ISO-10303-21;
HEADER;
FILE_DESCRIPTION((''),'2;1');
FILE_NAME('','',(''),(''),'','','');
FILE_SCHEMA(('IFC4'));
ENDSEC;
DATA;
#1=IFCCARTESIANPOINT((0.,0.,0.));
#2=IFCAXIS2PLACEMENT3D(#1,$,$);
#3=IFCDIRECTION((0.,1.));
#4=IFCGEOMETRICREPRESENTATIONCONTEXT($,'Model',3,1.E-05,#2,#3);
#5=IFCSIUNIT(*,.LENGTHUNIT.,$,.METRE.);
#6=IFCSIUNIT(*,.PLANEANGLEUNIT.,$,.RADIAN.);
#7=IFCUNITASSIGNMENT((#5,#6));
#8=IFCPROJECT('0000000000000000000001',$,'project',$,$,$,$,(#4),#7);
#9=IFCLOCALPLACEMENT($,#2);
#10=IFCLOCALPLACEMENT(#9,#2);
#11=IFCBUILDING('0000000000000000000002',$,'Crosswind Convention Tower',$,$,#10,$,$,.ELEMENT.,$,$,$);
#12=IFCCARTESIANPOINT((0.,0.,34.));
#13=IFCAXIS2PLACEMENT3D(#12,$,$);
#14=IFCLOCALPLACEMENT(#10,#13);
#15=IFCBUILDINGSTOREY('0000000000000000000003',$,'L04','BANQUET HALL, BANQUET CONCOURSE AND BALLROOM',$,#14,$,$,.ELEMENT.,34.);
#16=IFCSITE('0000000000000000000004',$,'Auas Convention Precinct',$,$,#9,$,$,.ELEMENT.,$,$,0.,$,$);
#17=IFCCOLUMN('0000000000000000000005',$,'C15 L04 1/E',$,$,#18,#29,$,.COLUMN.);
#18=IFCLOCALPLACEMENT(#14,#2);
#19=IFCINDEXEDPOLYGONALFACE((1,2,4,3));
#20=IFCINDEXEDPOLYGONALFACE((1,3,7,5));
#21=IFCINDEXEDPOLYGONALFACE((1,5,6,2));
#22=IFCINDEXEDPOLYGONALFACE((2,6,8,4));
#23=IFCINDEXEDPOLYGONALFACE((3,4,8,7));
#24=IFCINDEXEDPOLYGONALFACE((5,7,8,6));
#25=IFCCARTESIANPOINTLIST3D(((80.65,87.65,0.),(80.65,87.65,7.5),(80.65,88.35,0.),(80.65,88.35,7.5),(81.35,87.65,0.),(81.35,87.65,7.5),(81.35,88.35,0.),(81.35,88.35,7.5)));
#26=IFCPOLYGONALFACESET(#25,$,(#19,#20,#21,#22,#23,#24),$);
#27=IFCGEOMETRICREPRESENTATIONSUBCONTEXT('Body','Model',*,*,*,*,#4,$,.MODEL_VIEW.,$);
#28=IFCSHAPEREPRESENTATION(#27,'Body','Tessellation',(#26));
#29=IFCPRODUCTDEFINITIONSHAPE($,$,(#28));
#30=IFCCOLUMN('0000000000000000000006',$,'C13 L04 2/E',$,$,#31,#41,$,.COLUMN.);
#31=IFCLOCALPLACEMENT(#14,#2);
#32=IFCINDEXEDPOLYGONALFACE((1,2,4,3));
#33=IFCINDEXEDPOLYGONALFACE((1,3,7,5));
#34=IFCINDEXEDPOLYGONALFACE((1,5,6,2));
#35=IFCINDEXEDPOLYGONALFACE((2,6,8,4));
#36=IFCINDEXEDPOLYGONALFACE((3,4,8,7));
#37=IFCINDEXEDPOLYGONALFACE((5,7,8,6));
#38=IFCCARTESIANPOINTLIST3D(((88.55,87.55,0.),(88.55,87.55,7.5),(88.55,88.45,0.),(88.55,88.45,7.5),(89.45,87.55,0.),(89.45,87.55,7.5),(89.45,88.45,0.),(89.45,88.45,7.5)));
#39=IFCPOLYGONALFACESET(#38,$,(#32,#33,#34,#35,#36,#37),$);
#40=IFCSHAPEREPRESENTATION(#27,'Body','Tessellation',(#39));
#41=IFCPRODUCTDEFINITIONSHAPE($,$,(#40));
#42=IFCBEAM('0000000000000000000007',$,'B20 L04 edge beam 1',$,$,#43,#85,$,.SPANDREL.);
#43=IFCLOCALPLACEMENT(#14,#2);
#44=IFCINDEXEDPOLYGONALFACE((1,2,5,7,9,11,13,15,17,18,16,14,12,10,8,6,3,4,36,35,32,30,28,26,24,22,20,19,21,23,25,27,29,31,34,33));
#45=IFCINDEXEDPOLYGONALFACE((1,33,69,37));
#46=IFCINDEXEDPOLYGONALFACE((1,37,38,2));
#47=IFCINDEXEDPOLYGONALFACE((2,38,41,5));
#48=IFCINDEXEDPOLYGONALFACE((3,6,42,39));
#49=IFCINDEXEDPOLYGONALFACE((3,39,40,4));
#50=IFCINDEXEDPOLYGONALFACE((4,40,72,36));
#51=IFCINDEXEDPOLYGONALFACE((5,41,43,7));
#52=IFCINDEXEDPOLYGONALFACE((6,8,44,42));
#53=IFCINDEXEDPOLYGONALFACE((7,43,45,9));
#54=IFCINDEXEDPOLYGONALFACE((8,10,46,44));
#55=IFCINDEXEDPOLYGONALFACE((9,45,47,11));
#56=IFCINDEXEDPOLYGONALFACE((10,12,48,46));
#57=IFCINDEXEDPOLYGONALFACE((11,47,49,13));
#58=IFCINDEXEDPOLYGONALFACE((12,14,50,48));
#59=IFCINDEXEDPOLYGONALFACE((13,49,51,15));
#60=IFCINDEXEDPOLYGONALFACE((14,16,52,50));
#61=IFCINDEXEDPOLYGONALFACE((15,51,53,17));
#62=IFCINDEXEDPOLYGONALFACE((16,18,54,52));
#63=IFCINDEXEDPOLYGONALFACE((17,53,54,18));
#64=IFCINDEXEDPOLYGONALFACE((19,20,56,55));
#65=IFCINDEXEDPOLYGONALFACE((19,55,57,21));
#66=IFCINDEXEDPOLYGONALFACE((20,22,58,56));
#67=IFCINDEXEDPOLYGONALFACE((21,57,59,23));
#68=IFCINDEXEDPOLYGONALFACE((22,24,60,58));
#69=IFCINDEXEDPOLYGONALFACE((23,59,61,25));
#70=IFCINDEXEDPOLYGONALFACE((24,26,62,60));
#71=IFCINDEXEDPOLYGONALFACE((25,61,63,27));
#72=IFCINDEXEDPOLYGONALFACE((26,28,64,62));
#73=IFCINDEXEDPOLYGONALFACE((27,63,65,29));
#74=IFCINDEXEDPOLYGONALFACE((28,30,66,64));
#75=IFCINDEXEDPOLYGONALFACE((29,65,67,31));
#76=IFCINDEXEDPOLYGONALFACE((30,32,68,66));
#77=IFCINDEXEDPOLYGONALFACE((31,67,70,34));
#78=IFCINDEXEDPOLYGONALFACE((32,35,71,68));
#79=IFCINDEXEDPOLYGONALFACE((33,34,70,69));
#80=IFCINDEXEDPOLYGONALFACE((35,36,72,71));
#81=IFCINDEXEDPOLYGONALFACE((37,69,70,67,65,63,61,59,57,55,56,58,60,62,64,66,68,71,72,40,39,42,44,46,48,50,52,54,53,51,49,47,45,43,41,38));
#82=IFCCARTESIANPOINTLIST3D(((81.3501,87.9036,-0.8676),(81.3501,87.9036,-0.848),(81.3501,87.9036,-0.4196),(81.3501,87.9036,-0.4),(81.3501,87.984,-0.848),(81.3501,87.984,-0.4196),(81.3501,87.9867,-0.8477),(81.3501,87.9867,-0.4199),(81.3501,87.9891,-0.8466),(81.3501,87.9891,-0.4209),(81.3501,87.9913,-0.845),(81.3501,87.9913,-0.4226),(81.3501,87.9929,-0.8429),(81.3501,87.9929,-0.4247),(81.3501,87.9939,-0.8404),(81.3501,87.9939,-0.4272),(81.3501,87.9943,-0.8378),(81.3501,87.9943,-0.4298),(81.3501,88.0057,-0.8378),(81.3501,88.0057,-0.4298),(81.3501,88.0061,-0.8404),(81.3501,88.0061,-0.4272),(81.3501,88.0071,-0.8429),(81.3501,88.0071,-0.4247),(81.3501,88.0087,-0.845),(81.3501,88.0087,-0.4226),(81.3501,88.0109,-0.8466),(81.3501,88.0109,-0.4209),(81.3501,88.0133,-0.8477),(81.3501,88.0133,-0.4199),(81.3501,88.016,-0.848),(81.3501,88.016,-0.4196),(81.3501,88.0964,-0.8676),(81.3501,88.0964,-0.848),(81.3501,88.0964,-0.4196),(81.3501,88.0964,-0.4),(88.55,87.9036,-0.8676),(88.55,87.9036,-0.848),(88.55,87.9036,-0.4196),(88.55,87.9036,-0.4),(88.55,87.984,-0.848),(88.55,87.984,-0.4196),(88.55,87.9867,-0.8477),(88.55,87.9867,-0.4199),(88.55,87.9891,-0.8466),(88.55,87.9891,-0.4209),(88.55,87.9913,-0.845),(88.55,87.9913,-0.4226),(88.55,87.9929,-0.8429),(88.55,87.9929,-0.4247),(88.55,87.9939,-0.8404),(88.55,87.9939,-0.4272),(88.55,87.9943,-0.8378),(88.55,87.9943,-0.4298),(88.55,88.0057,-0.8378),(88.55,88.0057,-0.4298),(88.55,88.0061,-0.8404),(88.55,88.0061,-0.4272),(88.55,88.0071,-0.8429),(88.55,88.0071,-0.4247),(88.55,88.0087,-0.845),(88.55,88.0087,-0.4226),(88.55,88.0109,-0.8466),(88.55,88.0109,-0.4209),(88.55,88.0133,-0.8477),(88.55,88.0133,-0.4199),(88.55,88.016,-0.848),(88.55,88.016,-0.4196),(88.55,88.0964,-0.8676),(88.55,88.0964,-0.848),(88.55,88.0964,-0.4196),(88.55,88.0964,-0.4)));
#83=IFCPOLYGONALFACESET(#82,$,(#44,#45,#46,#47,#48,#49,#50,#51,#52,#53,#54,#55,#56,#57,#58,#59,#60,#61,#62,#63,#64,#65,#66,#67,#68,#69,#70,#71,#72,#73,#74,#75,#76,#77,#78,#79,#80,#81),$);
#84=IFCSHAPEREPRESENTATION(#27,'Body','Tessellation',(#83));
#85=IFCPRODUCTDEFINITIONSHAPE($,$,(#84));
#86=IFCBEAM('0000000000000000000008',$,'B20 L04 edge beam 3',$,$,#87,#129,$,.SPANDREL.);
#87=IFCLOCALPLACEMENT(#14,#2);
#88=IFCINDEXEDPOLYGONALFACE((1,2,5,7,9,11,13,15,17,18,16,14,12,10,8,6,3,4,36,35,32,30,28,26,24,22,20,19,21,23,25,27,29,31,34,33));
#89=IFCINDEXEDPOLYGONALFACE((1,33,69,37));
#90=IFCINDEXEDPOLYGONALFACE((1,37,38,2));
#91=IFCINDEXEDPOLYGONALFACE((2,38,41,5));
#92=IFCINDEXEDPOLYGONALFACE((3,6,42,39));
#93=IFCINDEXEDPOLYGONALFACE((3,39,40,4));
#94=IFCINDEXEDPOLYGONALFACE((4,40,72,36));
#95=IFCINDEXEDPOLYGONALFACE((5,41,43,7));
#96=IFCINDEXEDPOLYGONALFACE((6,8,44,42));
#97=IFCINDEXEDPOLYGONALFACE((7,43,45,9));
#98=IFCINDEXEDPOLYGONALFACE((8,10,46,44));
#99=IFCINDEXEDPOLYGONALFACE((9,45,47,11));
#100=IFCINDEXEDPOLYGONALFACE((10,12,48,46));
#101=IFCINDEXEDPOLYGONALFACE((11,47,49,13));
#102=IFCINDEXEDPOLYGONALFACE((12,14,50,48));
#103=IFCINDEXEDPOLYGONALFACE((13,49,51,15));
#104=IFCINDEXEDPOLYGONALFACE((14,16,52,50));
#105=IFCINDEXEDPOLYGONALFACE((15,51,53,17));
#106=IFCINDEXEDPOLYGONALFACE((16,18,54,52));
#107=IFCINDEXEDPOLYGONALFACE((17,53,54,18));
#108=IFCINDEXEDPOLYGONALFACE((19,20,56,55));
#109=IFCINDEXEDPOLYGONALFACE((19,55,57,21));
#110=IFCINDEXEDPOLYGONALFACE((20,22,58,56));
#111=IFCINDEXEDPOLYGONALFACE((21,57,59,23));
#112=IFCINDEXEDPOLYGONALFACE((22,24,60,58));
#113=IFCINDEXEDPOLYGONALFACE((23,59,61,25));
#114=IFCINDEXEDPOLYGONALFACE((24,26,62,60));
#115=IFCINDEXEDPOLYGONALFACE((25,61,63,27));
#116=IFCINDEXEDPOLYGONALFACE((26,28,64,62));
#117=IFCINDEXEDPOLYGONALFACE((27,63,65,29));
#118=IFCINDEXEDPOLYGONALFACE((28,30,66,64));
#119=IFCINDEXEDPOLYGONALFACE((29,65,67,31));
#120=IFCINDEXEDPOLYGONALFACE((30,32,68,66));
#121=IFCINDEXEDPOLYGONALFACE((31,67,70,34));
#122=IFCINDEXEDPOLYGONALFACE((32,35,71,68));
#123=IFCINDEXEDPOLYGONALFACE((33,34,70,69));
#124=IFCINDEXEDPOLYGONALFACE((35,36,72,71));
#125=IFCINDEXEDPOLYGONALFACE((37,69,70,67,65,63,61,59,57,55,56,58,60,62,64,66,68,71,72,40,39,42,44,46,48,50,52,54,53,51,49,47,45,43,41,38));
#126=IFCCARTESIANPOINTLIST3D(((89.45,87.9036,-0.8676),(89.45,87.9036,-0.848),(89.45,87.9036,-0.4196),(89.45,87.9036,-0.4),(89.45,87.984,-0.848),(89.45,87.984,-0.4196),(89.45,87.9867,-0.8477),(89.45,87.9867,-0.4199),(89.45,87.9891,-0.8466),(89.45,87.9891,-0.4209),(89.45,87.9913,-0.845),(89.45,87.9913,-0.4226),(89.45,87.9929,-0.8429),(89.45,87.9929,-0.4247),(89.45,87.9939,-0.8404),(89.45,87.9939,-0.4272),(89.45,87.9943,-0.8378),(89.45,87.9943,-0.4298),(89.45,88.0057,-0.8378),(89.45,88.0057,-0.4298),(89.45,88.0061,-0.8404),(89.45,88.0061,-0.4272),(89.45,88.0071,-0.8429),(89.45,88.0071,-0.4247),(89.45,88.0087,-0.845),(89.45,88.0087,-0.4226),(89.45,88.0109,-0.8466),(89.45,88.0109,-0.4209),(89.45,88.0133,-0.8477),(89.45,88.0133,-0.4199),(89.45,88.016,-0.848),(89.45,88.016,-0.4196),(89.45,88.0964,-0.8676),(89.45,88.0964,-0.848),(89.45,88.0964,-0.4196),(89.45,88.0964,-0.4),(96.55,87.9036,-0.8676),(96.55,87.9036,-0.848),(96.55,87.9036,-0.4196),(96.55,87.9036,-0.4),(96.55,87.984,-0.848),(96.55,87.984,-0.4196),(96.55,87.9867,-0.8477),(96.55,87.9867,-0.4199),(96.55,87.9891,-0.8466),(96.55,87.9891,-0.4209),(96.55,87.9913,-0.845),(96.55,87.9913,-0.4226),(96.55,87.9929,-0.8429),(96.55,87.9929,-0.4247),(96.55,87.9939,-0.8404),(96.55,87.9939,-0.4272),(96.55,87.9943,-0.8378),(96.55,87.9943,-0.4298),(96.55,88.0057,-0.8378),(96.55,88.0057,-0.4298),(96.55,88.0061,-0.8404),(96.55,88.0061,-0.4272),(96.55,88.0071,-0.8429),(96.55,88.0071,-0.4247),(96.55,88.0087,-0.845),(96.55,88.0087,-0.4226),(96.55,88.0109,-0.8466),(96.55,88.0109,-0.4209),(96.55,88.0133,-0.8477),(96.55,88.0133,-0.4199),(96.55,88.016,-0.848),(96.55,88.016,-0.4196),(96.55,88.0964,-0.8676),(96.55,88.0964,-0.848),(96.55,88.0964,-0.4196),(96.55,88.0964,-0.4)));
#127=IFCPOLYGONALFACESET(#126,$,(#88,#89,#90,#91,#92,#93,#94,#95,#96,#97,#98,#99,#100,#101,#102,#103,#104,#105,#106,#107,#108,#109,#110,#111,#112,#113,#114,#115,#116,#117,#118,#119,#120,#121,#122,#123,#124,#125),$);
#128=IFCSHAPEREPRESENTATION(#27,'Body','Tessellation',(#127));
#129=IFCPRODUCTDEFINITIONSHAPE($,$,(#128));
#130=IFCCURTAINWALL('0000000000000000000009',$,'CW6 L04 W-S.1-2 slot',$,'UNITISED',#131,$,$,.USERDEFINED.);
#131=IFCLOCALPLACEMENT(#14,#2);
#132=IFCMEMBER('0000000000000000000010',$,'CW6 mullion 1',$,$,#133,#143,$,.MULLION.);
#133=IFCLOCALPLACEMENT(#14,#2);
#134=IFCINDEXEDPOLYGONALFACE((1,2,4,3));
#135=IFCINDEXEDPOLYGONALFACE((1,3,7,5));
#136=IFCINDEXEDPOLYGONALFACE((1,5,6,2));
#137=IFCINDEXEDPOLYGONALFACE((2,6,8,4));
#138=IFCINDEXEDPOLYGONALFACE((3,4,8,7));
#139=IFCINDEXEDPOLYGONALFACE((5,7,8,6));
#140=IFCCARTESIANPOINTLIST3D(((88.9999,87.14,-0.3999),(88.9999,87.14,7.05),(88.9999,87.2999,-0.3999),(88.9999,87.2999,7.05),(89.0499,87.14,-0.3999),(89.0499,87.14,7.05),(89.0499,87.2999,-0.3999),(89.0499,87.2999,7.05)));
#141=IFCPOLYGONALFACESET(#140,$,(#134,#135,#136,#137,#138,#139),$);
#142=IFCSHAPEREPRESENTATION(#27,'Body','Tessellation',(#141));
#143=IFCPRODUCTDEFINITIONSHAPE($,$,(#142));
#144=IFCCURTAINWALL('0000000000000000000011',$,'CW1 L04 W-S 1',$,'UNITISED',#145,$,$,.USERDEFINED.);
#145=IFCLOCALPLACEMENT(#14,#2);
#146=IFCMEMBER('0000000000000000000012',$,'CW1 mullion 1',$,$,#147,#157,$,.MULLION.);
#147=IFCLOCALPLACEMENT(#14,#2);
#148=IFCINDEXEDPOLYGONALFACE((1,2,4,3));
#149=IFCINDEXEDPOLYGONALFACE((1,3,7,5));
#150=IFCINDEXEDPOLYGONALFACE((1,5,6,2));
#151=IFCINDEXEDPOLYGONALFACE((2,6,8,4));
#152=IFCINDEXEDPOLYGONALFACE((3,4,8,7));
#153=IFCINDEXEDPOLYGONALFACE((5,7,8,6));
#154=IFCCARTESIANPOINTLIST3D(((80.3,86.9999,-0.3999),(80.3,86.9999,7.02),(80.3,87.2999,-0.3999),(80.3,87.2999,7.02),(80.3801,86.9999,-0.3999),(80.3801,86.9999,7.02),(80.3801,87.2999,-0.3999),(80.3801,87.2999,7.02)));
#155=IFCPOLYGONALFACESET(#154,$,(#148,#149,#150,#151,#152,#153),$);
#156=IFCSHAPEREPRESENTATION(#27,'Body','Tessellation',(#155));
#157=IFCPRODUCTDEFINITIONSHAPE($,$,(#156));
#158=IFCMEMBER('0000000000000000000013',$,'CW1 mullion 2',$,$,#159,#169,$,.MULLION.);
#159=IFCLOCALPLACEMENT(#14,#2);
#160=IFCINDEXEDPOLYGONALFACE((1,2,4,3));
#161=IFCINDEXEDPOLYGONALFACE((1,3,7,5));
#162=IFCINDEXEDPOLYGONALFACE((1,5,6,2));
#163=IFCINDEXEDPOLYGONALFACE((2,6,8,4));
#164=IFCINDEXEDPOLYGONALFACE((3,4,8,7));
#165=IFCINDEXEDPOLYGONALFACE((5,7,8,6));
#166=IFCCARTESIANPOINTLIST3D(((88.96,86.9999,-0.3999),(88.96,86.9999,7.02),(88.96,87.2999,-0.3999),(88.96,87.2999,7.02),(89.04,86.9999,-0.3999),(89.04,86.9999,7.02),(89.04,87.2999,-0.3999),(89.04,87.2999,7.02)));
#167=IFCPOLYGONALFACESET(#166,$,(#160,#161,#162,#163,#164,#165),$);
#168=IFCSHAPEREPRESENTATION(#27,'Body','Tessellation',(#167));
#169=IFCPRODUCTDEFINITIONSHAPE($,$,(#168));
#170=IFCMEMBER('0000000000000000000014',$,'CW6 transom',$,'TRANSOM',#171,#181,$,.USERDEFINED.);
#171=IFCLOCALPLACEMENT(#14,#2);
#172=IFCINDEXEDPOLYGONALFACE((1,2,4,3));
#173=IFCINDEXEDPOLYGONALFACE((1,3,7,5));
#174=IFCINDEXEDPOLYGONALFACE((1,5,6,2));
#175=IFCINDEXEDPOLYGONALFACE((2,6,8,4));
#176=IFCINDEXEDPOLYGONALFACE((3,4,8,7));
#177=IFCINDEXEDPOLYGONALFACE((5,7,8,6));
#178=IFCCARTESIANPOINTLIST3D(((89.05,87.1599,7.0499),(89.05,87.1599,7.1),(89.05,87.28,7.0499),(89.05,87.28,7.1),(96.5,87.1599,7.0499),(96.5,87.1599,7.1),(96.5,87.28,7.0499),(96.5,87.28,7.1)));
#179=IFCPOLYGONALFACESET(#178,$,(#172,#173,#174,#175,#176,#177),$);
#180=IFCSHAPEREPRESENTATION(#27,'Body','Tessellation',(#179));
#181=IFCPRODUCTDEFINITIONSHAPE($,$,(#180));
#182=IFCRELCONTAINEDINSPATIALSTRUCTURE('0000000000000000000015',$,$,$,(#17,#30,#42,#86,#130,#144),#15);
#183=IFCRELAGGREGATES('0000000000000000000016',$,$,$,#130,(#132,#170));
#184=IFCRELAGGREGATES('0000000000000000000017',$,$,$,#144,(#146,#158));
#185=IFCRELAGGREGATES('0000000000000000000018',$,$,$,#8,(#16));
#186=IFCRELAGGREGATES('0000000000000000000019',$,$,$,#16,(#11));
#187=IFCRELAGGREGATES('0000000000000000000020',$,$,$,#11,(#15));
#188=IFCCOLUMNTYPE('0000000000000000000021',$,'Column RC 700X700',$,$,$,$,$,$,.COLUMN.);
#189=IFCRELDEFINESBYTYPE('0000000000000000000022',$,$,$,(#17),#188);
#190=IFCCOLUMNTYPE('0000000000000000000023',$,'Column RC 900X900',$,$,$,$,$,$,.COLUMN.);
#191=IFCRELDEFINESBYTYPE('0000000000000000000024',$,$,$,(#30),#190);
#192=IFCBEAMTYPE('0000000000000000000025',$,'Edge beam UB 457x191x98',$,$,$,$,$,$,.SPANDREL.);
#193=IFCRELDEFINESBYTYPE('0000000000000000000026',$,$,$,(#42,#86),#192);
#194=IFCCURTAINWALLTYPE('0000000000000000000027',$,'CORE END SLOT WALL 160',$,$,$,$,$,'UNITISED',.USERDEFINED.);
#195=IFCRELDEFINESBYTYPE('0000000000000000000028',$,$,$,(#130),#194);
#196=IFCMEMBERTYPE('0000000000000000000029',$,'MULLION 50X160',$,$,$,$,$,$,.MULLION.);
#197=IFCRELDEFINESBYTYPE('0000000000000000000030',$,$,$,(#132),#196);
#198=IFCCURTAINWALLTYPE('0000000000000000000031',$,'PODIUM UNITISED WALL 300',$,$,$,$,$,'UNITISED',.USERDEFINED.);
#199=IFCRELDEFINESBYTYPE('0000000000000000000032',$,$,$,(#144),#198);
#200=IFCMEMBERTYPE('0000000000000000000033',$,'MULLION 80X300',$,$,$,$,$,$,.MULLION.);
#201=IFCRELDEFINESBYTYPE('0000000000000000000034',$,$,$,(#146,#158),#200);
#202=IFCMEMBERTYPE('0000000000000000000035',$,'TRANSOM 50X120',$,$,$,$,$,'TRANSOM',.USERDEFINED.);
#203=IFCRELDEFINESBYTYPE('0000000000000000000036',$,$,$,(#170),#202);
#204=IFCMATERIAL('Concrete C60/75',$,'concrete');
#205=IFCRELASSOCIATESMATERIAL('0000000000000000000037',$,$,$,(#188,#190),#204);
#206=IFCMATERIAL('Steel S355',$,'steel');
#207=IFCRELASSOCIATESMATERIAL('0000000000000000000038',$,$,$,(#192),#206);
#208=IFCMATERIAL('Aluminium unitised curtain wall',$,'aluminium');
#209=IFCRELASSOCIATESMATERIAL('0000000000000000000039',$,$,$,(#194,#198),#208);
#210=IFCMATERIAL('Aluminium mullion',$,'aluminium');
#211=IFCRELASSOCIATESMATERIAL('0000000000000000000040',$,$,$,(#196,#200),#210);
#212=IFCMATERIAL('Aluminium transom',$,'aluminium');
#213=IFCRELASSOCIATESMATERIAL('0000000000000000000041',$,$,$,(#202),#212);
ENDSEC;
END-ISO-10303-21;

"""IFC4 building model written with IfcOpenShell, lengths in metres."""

from ifc_helpers import new_model, si_unit, direction, frame, origin, origin_2d, place, context, subcontext, project, spatial, rectangle, i_section, extrude, material, material_profile, profile_set, type_object, element, aggregate, save


model = new_model("IFC4")

# Units and contexts
model_context = context("Model", 3, precision=1e-05, world=origin(), true_north=direction((0.0, 1.0)))
body_context = subcontext(model_context, "Body", "Model", "MODEL_VIEW")
ifc_project = project(units=[si_unit("LENGTHUNIT", "METRE"), si_unit("PLANEANGLEUNIT", "RADIAN")], contexts=[model_context])

# Site, building, storey
site_placement = place(None, origin())
site = spatial("IfcSite", under=ifc_project, at=site_placement, Name="Auas Convention Precinct", CompositionType="ELEMENT", RefElevation=0.0)
building_placement = place(site_placement, origin())
building = spatial("IfcBuilding", under=site, at=building_placement, Name="Crosswind Convention Tower", CompositionType="ELEMENT")
storey_placement = place(building_placement, frame((0.0, 0.0, 34.0)))
storey = spatial("IfcBuildingStorey", under=building, at=storey_placement, Name="L04", Description="BANQUET HALL, BANQUET CONCOURSE AND BALLROOM", CompositionType="ELEMENT", Elevation=34.0)

# Columns
ifc_material_1 = material(Name="Concrete C60/75", Category="concrete")
ifc_material_profile_1 = material_profile(ifc_material_1, rectangle(XDim=0.7, YDim=0.7, at=origin_2d()), Name="RC 700X700")
ifc_profile_set_1 = profile_set([ifc_material_profile_1], Name="Concrete C60/75")
column_type_1 = type_object("IfcColumnType", Name="Column RC 700X700", PredefinedType="COLUMN", material=ifc_profile_set_1)
column_1_placement = place(storey_placement, frame((81.0, 88.0, 0.0), z_axis=(0.0, 0.0, 1.0), x_axis=(1.0, 0.0, 0.0)))
element("IfcColumn", 1, at=column_1_placement, inside=storey, type_object=column_type_1, Name="C15 L04 1/E", PredefinedType="COLUMN", context=body_context, shape_type="SweptSolid", body=[
    extrude(rectangle(XDim=0.7, YDim=0.7, at=origin_2d()), origin(), (0.0, 0.0, 1.0), 7.5),
])
ifc_material_profile_2 = material_profile(ifc_material_1, rectangle(XDim=0.8999, YDim=0.8999, at=origin_2d()), Name="RC 900X900")
ifc_profile_set_2 = profile_set([ifc_material_profile_2], Name="Concrete C60/75")
column_type_2 = type_object("IfcColumnType", Name="Column RC 900X900", PredefinedType="COLUMN", material=ifc_profile_set_2)
column_2_placement = place(storey_placement, frame((89.0, 88.0, 0.0), z_axis=(0.0, 0.0, 1.0), x_axis=(1.0, 0.0, 0.0)))
element("IfcColumn", 2, at=column_2_placement, inside=storey, type_object=column_type_2, Name="C13 L04 2/E", PredefinedType="COLUMN", context=body_context, shape_type="SweptSolid", body=[
    extrude(rectangle(XDim=0.8999, YDim=0.8999, at=origin_2d()), origin(), (0.0, 0.0, 1.0), 7.5),
])

# Beams
ifc_material_2 = material(Name="Steel S355", Category="steel")
ifc_material_profile_3 = material_profile(ifc_material_2, i_section(OverallWidth=0.1929, OverallDepth=0.4675, WebThickness=0.0115, FlangeThickness=0.0195, FilletRadius=0.0103, at=origin_2d()), Name="UB 457x191x98")
ifc_profile_set_3 = profile_set([ifc_material_profile_3], Name="Steel S355")
beam_type = type_object("IfcBeamType", Name="Edge beam UB 457x191x98", PredefinedType="SPANDREL", material=ifc_profile_set_3)
beam_1_placement = place(storey_placement, frame((81.3501, 88.0, -0.6338), z_axis=(1.0, 0.0, 0.0), x_axis=(0.0, 1.0, 0.0)))
element("IfcBeam", 3, at=beam_1_placement, inside=storey, type_object=beam_type, Name="B20 L04 edge beam 1", PredefinedType="SPANDREL", context=body_context, shape_type="SweptSolid", body=[
    extrude(i_section(OverallWidth=0.1929, OverallDepth=0.4675, WebThickness=0.0115, FlangeThickness=0.0195, FilletRadius=0.0103, at=origin_2d()), origin(), (0.0, 0.0, 1.0), 7.2),
])
beam_2_placement = place(storey_placement, frame((89.45, 88.0, -0.6338), z_axis=(1.0, 0.0, 0.0), x_axis=(0.0, 1.0, 0.0)))
element("IfcBeam", 4, at=beam_2_placement, inside=storey, type_object=beam_type, Name="B20 L04 edge beam 3", PredefinedType="SPANDREL", context=body_context, shape_type="SweptSolid", body=[
    extrude(i_section(OverallWidth=0.1929, OverallDepth=0.4675, WebThickness=0.0115, FlangeThickness=0.0195, FilletRadius=0.0103, at=origin_2d()), origin(), (0.0, 0.0, 1.0), 7.1001),
])

# Curtain wall, member
ifc_material_3 = material(Name="Aluminium unitised curtain wall", Category="aluminium")
curtain_wall_type_1 = type_object("IfcCurtainWallType", Name="CORE END SLOT WALL 160", ElementType="UNITISED", PredefinedType="USERDEFINED", material=ifc_material_3)
curtain_wall_1_placement = place(storey_placement, origin())
curtain_wall_1 = element("IfcCurtainWall", 5, at=curtain_wall_1_placement, inside=storey, type_object=curtain_wall_type_1, Name="CW6 L04 W-S.1-2 slot", ObjectType="UNITISED", PredefinedType="USERDEFINED")
ifc_material_4 = material(Name="Aluminium mullion", Category="aluminium")
ifc_material_profile_4 = material_profile(ifc_material_4, rectangle(XDim=0.1599, YDim=0.05, at=origin_2d()), Name="AL 160X50")
ifc_profile_set_4 = profile_set([ifc_material_profile_4], Name="Aluminium mullion")
member_type_1 = type_object("IfcMemberType", Name="MULLION 50X160", PredefinedType="MULLION", material=ifc_profile_set_4)
member_1_placement = place(storey_placement, frame((89.0249, 87.22, -0.3999), z_axis=(0.0, 0.0, 1.0), x_axis=(0.0, -1.0, 0.0)))
member_1 = element("IfcMember", 6, at=member_1_placement, type_object=member_type_1, Name="CW6 mullion 1", PredefinedType="MULLION", context=body_context, shape_type="SweptSolid", body=[
    extrude(rectangle(XDim=0.1599, YDim=0.05, at=origin_2d()), origin(), (0.0, 0.0, 1.0), 7.45),
])

# Curtain wall, members
curtain_wall_type_2 = type_object("IfcCurtainWallType", Name="PODIUM UNITISED WALL 300", ElementType="UNITISED", PredefinedType="USERDEFINED", material=ifc_material_3)
curtain_wall_2_placement = place(storey_placement, origin())
curtain_wall_2 = element("IfcCurtainWall", 7, at=curtain_wall_2_placement, inside=storey, type_object=curtain_wall_type_2, Name="CW1 L04 W-S 1", ObjectType="UNITISED", PredefinedType="USERDEFINED")
ifc_material_profile_5 = material_profile(ifc_material_4, rectangle(XDim=0.3, YDim=0.0801, at=origin_2d()), Name="AL 300X80")
ifc_profile_set_5 = profile_set([ifc_material_profile_5], Name="Aluminium mullion")
member_type_2 = type_object("IfcMemberType", Name="MULLION 80X300", PredefinedType="MULLION", material=ifc_profile_set_5)
member_2_placement = place(storey_placement, frame((80.3401, 87.1499, -0.3999), z_axis=(0.0, 0.0, 1.0), x_axis=(0.0, -1.0, 0.0)))
member_2 = element("IfcMember", 8, at=member_2_placement, type_object=member_type_2, Name="CW1 mullion 1", PredefinedType="MULLION", context=body_context, shape_type="SweptSolid", body=[
    extrude(rectangle(XDim=0.3, YDim=0.0801, at=origin_2d()), origin(), (0.0, 0.0, 1.0), 7.4199),
])
member_3_placement = place(storey_placement, frame((89.0, 87.1499, -0.3999), z_axis=(0.0, 0.0, 1.0), x_axis=(0.0, -1.0, 0.0)))
member_3 = element("IfcMember", 9, at=member_3_placement, type_object=member_type_2, Name="CW1 mullion 2", PredefinedType="MULLION", context=body_context, shape_type="SweptSolid", body=[
    extrude(rectangle(XDim=0.3, YDim=0.0801, at=origin_2d()), origin(), (0.0, 0.0, 1.0), 7.4199),
])

# Member
ifc_material_5 = material(Name="Aluminium transom", Category="aluminium")
ifc_material_profile_6 = material_profile(ifc_material_5, rectangle(XDim=0.1201, YDim=0.05, at=origin_2d()), Name="AL 120X50")
ifc_profile_set_6 = profile_set([ifc_material_profile_6], Name="Aluminium transom")
member_type_3 = type_object("IfcMemberType", Name="TRANSOM 50X120", ElementType="TRANSOM", PredefinedType="USERDEFINED", material=ifc_profile_set_6)
member_4_placement = place(storey_placement, frame((89.05, 87.22, 7.075), z_axis=(1.0, 0.0, 0.0), x_axis=(0.0, 1.0, 0.0)))
member_4 = element("IfcMember", 10, at=member_4_placement, type_object=member_type_3, Name="CW6 transom", ObjectType="TRANSOM", PredefinedType="USERDEFINED", context=body_context, shape_type="SweptSolid", body=[
    extrude(rectangle(XDim=0.1201, YDim=0.05, at=origin_2d()), origin(), (0.0, 0.0, 1.0), 7.45),
])

aggregate(curtain_wall_1, [member_1, member_4])

aggregate(curtain_wall_2, [member_2, member_3])

save(model, "model.ifc")
